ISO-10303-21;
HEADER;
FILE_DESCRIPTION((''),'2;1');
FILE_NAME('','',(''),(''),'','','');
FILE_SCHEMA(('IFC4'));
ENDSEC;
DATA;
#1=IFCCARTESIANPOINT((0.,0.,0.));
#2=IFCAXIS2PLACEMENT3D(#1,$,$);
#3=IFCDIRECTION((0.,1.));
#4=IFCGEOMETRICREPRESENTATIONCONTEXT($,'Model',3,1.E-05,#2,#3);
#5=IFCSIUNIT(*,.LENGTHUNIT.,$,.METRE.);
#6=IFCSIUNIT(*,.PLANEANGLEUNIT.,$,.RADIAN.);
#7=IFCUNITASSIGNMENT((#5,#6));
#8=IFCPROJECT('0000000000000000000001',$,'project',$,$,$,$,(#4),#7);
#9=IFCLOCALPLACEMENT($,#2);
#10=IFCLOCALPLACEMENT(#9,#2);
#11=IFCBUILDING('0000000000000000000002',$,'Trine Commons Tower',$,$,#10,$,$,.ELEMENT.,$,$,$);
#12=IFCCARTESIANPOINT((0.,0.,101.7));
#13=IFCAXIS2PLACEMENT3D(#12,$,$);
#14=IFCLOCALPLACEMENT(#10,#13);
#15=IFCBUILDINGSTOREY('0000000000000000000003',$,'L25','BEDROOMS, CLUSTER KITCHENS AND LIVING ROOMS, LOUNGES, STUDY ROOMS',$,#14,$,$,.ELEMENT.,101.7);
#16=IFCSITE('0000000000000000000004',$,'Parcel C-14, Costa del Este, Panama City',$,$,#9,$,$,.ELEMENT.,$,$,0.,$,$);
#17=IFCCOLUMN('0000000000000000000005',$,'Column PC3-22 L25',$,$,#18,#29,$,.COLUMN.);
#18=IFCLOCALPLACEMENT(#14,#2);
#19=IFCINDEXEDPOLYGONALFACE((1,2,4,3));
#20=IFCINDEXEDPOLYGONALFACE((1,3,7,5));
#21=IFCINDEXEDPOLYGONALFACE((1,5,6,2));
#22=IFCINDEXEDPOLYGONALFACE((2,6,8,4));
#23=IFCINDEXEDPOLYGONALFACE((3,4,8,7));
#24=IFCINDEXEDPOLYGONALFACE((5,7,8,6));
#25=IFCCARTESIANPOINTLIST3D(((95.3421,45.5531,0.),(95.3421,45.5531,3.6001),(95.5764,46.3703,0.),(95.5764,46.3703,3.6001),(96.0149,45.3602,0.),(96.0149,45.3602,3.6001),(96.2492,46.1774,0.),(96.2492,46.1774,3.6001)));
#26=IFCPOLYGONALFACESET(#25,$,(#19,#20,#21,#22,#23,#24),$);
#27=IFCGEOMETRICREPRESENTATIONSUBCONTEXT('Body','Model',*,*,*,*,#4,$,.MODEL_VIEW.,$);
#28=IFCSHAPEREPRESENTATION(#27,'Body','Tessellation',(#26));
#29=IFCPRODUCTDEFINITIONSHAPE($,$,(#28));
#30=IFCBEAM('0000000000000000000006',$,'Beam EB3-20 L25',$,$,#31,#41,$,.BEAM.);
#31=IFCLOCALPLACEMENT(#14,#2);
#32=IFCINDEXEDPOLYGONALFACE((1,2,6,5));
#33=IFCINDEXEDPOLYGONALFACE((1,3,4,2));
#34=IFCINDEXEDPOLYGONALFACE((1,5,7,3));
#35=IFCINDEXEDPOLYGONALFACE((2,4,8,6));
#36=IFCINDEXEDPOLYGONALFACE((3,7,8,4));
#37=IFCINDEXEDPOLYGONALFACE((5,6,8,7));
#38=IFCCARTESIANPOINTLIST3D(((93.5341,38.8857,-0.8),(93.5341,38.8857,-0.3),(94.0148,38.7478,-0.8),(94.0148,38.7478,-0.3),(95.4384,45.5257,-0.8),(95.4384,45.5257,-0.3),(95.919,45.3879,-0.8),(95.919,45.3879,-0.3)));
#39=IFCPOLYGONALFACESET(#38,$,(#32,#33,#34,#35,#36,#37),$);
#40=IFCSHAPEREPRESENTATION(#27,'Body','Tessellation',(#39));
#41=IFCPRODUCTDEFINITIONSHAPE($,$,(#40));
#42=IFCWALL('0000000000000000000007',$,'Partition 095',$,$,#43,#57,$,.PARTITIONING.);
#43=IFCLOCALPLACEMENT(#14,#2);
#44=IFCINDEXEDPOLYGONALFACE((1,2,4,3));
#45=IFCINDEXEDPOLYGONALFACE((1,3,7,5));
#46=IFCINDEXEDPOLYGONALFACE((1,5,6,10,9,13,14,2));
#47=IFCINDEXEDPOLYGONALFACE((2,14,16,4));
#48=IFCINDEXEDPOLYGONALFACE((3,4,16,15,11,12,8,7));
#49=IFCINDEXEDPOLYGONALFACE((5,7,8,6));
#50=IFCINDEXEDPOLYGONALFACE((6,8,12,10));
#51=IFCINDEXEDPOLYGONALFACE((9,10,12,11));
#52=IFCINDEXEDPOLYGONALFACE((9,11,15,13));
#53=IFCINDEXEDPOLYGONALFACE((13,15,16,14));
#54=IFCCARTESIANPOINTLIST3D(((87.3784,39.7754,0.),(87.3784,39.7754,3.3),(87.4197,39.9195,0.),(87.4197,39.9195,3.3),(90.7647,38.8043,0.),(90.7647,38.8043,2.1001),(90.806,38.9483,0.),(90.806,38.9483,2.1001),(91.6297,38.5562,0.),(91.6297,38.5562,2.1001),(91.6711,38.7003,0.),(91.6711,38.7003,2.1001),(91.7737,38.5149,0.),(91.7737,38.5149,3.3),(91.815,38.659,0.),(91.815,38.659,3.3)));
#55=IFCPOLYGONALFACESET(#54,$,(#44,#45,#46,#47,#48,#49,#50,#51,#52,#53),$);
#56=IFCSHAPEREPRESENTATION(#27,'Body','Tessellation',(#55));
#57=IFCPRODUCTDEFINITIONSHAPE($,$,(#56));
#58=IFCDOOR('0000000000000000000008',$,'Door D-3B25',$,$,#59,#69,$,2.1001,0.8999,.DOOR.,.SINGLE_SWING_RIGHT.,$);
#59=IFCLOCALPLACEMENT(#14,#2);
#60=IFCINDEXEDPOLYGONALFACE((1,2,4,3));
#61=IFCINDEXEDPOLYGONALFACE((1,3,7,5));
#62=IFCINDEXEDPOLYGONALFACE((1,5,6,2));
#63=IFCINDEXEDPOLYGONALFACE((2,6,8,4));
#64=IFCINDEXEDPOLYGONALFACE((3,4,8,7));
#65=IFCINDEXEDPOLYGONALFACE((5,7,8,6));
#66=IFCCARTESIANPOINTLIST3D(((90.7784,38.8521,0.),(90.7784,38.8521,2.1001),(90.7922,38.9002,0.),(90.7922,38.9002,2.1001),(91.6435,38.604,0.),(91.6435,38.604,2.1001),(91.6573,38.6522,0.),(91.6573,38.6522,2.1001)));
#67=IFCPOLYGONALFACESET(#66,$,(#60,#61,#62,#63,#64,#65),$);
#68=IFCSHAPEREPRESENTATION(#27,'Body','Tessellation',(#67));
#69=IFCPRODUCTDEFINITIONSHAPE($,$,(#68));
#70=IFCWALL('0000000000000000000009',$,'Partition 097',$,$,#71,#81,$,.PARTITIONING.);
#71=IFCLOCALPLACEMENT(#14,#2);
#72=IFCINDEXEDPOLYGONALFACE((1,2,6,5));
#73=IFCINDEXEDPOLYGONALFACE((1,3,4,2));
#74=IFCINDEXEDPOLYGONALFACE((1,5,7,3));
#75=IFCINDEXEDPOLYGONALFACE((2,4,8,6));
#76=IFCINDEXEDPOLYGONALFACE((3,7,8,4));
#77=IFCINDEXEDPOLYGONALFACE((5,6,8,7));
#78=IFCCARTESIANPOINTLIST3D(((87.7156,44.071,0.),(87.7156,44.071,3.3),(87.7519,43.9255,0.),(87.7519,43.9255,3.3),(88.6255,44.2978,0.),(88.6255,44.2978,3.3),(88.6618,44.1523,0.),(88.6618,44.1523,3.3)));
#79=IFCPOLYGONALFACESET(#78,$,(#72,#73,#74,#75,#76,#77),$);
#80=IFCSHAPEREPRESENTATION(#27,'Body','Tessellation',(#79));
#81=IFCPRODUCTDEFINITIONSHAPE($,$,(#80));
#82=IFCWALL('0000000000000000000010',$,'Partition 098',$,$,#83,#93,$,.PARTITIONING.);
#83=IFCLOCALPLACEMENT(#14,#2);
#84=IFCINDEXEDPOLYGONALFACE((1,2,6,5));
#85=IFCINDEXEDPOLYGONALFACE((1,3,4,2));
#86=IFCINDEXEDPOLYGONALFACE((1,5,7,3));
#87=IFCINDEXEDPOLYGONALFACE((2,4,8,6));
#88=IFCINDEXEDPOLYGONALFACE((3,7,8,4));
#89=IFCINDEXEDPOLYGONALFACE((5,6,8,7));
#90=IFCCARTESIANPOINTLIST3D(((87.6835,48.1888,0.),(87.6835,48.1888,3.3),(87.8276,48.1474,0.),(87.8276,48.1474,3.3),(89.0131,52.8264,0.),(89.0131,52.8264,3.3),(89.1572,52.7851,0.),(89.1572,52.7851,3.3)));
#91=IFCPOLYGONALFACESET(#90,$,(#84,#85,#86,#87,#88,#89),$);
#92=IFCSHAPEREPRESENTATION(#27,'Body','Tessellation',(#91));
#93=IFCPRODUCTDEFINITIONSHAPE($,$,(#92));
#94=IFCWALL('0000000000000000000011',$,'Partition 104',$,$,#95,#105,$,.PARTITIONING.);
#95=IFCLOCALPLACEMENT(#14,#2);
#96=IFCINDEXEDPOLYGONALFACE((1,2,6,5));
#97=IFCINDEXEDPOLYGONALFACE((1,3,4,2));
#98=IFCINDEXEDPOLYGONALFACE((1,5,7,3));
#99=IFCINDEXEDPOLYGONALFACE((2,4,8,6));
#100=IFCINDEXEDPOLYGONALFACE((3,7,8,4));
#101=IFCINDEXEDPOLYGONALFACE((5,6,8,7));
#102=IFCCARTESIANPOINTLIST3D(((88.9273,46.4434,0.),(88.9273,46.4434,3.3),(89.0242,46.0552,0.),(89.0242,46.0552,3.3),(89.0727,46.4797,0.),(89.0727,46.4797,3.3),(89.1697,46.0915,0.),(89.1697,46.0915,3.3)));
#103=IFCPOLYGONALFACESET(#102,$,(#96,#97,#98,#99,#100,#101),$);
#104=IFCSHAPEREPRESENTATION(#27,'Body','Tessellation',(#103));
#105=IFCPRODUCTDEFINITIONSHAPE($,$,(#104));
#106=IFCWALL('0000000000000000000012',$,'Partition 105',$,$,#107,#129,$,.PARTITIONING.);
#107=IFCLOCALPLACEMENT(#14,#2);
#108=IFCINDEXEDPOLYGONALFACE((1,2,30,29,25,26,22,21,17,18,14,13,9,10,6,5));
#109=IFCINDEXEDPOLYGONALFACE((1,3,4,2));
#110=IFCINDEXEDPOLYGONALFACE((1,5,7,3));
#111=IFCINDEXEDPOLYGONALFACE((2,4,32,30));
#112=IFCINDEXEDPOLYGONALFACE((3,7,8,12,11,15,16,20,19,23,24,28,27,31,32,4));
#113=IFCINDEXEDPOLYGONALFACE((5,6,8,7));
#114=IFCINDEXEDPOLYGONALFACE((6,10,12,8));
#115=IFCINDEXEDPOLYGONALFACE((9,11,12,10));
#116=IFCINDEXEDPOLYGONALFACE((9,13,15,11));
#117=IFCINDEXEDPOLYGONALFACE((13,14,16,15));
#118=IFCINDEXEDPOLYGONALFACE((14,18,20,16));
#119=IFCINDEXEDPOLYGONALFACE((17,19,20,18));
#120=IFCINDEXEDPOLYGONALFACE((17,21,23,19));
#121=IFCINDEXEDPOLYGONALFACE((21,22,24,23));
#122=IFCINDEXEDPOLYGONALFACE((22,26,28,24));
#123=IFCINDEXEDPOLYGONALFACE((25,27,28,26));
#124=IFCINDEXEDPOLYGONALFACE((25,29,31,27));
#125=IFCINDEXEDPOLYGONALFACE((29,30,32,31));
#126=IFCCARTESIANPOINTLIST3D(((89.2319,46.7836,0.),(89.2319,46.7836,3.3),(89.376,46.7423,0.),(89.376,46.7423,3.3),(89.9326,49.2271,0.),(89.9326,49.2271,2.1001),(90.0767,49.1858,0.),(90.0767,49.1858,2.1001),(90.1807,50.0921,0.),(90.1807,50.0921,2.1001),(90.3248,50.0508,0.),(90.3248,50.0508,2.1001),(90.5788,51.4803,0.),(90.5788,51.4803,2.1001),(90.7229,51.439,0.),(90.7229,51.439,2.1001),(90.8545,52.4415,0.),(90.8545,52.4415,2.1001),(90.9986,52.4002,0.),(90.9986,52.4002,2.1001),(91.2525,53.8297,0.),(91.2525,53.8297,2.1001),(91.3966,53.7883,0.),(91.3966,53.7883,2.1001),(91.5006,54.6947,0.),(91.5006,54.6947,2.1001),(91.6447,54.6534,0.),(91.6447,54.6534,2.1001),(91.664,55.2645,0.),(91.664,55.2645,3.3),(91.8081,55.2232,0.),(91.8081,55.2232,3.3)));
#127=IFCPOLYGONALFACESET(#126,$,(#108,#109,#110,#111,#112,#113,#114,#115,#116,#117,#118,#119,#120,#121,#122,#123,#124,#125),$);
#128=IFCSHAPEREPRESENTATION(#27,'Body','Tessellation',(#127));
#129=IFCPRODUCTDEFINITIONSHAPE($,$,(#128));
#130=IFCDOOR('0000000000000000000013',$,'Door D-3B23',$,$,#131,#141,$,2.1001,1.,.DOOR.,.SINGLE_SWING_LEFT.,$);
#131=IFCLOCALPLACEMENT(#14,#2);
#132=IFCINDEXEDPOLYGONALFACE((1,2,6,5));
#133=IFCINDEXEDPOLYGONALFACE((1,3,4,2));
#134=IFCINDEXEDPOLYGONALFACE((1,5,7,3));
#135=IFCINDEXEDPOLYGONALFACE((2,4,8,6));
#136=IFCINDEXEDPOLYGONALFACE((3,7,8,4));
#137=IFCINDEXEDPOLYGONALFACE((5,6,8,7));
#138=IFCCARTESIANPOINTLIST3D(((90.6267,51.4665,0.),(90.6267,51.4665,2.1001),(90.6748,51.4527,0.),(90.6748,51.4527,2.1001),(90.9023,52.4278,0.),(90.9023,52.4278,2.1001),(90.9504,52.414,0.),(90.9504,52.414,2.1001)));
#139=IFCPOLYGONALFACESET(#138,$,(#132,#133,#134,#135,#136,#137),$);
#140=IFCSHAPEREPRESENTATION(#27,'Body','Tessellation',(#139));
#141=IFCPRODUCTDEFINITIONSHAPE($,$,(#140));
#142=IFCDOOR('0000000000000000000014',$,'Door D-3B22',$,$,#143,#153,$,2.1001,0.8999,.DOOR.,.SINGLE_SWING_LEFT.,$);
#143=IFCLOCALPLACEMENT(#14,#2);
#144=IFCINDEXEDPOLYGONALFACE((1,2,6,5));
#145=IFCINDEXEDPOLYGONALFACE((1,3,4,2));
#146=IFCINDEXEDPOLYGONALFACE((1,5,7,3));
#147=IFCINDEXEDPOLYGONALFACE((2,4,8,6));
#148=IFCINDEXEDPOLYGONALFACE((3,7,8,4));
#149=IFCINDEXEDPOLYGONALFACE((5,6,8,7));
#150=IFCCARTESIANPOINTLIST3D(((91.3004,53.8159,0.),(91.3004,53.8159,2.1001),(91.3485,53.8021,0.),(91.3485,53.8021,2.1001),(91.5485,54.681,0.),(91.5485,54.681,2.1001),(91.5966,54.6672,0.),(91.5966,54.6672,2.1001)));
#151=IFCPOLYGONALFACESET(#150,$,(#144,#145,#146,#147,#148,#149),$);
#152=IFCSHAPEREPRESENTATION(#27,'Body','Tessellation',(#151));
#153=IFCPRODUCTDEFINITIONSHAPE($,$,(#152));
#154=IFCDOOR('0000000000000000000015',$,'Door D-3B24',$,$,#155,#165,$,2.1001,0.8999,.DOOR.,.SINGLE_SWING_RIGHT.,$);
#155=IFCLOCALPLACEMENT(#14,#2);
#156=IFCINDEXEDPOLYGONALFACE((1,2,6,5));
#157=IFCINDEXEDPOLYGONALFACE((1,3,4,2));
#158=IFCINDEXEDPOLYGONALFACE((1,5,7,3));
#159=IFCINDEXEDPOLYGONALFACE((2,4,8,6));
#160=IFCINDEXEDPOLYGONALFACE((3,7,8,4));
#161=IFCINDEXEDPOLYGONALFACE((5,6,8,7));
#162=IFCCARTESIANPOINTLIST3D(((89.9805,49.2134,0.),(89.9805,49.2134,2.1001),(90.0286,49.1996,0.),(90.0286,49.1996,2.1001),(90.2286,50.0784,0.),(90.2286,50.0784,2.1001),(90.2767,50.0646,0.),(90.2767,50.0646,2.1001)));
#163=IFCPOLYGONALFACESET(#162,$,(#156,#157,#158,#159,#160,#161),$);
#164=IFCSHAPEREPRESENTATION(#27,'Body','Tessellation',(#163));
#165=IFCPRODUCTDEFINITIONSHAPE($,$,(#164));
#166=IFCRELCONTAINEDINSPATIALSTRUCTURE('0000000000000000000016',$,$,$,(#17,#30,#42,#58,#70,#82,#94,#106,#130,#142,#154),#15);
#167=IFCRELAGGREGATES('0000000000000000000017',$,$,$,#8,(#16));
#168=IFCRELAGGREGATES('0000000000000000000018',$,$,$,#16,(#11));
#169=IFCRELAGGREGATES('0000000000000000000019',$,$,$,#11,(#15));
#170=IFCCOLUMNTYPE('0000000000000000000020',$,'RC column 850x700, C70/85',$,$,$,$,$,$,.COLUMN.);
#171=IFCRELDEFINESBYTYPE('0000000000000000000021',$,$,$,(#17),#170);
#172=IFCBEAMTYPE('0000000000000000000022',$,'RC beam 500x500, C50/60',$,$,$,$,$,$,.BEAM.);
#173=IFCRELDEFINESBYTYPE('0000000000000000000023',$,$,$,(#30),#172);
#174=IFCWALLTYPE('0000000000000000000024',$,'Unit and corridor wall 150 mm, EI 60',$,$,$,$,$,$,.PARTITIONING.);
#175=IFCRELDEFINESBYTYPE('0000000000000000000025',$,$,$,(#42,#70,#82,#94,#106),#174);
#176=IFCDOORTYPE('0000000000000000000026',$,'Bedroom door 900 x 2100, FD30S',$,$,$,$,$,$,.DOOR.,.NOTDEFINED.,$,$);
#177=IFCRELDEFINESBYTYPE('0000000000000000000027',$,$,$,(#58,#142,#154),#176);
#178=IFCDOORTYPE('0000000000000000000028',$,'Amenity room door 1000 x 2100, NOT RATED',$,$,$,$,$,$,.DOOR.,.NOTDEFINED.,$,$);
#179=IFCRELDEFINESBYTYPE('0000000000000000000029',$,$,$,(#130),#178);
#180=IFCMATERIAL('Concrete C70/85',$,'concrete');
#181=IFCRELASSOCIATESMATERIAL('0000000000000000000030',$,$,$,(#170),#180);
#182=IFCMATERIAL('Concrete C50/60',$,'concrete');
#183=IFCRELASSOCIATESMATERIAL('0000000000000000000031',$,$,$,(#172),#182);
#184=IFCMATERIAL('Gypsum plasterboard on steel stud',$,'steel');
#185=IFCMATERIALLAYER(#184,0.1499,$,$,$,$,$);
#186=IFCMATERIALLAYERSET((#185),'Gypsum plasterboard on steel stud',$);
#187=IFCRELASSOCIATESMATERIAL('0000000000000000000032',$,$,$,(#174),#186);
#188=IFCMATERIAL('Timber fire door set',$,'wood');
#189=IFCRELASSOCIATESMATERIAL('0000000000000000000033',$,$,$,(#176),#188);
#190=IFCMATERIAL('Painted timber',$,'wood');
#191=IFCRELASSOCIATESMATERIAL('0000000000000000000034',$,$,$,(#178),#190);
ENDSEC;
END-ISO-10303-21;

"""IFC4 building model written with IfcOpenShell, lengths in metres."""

from ifc_helpers import new_model, si_unit, direction, frame, frame_2d, origin, origin_2d, place, context, subcontext, project, spatial, rectangle, extrude, material, layer, layer_set, material_profile, profile_set, type_object, element, fill, save


model = new_model("IFC4")

# Units and contexts
model_context = context("Model", 3, precision=1e-05, world=origin(), true_north=direction((0.0, 1.0)))
body_context = subcontext(model_context, "Body", "Model", "MODEL_VIEW")
ifc_project = project(units=[si_unit("LENGTHUNIT", "METRE"), si_unit("PLANEANGLEUNIT", "RADIAN")], contexts=[model_context])

# Site, building, storey
site_placement = place(None, origin())
site = spatial("IfcSite", under=ifc_project, at=site_placement, Name="Parcel C-14, Costa del Este, Panama City", CompositionType="ELEMENT", RefElevation=0.0)
building_placement = place(site_placement, origin())
building = spatial("IfcBuilding", under=site, at=building_placement, Name="Trine Commons Tower", CompositionType="ELEMENT")
storey_placement = place(building_placement, frame((0.0, 0.0, 101.7)))
storey = spatial("IfcBuildingStorey", under=building, at=storey_placement, Name="L25", Description="BEDROOMS, CLUSTER KITCHENS AND LIVING ROOMS, LOUNGES, STUDY ROOMS", CompositionType="ELEMENT", Elevation=101.7)

# Column
ifc_material_1 = material(Name="Concrete C70/85", Category="concrete")
ifc_material_profile_1 = material_profile(ifc_material_1, rectangle(XDim=0.8501, YDim=0.7, at=origin_2d()), Name="RC 850x700")
ifc_profile_set_1 = profile_set([ifc_material_profile_1], Name="Concrete C70/85")
column_type = type_object("IfcColumnType", Name="RC column 850x700, C70/85", PredefinedType="COLUMN", material=ifc_profile_set_1)
column_placement = place(storey_placement, frame((95.7957, 45.8652, 0.0), z_axis=(0.0, 0.0, 1.0), x_axis=(0.275637, 0.961262, 0.0)))
element("IfcColumn", 1, at=column_placement, inside=storey, type_object=column_type, Name="Column PC3-22 L25", PredefinedType="COLUMN", context=body_context, shape_type="SweptSolid", body=[
    extrude(rectangle(XDim=0.8501, YDim=0.7, at=origin_2d()), origin(), (0.0, 0.0, 1.0), 3.6001),
])

# Beam
ifc_material_2 = material(Name="Concrete C50/60", Category="concrete")
ifc_material_profile_2 = material_profile(ifc_material_2, rectangle(XDim=0.5, YDim=0.5, at=origin_2d()), Name="RC 500x500")
ifc_profile_set_2 = profile_set([ifc_material_profile_2], Name="Concrete C50/60")
beam_type = type_object("IfcBeamType", Name="RC beam 500x500, C50/60", PredefinedType="BEAM", material=ifc_profile_set_2)
beam_placement = place(storey_placement, frame((95.6787, 45.4568, -0.55), z_axis=(-0.275673, -0.961251, 0.0), x_axis=(0.961251, -0.275673, 0.0)))
element("IfcBeam", 2, at=beam_placement, inside=storey, type_object=beam_type, Name="Beam EB3-20 L25", PredefinedType="BEAM", context=body_context, shape_type="SweptSolid", body=[
    extrude(rectangle(XDim=0.5, YDim=0.5, at=origin_2d()), origin(), (0.0, 0.0, 1.0), 6.9077),
])

# Wall, opening, door
ifc_material_3 = material(Name="Gypsum plasterboard on steel stud", Category="steel")
ifc_layer_1 = layer(ifc_material_3, 0.1499)
ifc_layer_set_1 = layer_set([ifc_layer_1], Name="Gypsum plasterboard on steel stud")
wall_type_1 = type_object("IfcWallType", Name="Unit and corridor wall 150 mm, EI 60", PredefinedType="PARTITIONING", material=ifc_layer_set_1)
wall_1_placement = place(storey_placement, frame((87.3992, 39.8474, 0.0), z_axis=(0.0, 0.0, 1.0), x_axis=(0.961251, -0.275673, 0.0)))
wall_1 = element("IfcWall", 3, at=wall_1_placement, inside=storey, type_object=wall_type_1, Name="Partition 095", PredefinedType="PARTITIONING", context=body_context, shape_type="SweptSolid", body=[
    extrude(rectangle(XDim=4.5725, YDim=0.1499, at=frame_2d((2.2861, 0.0))), origin(), (0.0, 0.0, 1.0), 3.3),
])
opening_1_placement = place(wall_1_placement, frame((3.5227, 0.0, 0.0)))
opening_1 = element("IfcOpeningElement", 4, at=opening_1_placement, cuts=wall_1, PredefinedType="OPENING", context=body_context, shape_type="SweptSolid", body=[
    extrude(rectangle(XDim=0.8999, YDim=2.1001, at=frame_2d((0.45, 1.05))), frame((0.0, 0.085, 0.0), z_axis=(0.0, -1.0, 0.0), x_axis=(1.0, 0.0, 0.0)), (0.0, 0.0, 1.0), 0.1699),
])
ifc_material_4 = material(Name="Timber fire door set", Category="wood")
door_type_1 = type_object("IfcDoorType", Name="Bedroom door 900 x 2100, FD30S", OperationType="NOTDEFINED", PredefinedType="DOOR", material=ifc_material_4)
door_1_placement = place(opening_1_placement, origin())
door_1 = element("IfcDoor", 5, at=door_1_placement, inside=storey, type_object=door_type_1, Name="Door D-3B25", OperationType="SINGLE_SWING_RIGHT", OverallHeight=2.1001, OverallWidth=0.8999, PredefinedType="DOOR", context=body_context, shape_type="SweptSolid", body=[
    extrude(rectangle(XDim=0.8999, YDim=2.1001, at=frame_2d((0.45, 1.05))), frame((0.0, 0.0249, 0.0), z_axis=(0.0, -1.0, 0.0), x_axis=(1.0, 0.0, 0.0)), (0.0, 0.0, 1.0), 0.05),
])
fill(opening_1, door_1)

# Walls
wall_2_placement = place(storey_placement, frame((87.7339, 43.9983, 0.0), z_axis=(0.0, 0.0, 1.0), x_axis=(0.970311, 0.241862, 0.0)))
element("IfcWall", 6, at=wall_2_placement, inside=storey, type_object=wall_type_1, Name="Partition 097", PredefinedType="PARTITIONING", context=body_context, shape_type="SweptSolid", body=[
    extrude(rectangle(XDim=0.9377, YDim=0.1499, at=frame_2d((0.4688, 0.0))), origin(), (0.0, 0.0, 1.0), 3.3),
])
wall_3_placement = place(storey_placement, frame((87.7556, 48.1682, 0.0), z_axis=(0.0, 0.0, 1.0), x_axis=(0.27559, 0.961275, 0.0)))
element("IfcWall", 7, at=wall_3_placement, inside=storey, type_object=wall_type_1, Name="Partition 098", PredefinedType="PARTITIONING", context=body_context, shape_type="SweptSolid", body=[
    extrude(rectangle(XDim=4.8245, YDim=0.1499, at=frame_2d((2.4121, 0.0))), origin(), (0.0, 0.0, 1.0), 3.3),
])
wall_4_placement = place(storey_placement, frame((89.0, 46.4617, 0.0), z_axis=(0.0, 0.0, 1.0), x_axis=(0.242248, -0.970214, 0.0)))
element("IfcWall", 8, at=wall_4_placement, inside=storey, type_object=wall_type_1, Name="Partition 104", PredefinedType="PARTITIONING", context=body_context, shape_type="SweptSolid", body=[
    extrude(rectangle(XDim=0.4001, YDim=0.1499, at=frame_2d((0.2002, 0.0))), origin(), (0.0, 0.0, 1.0), 3.3),
])

# Wall, openings, doors
wall_5_placement = place(storey_placement, frame((89.304, 46.7629, 0.0), z_axis=(0.0, 0.0, 1.0), x_axis=(0.275664, 0.961254, 0.0)))
wall_5 = element("IfcWall", 9, at=wall_5_placement, inside=storey, type_object=wall_type_1, Name="Partition 105", PredefinedType="PARTITIONING", context=body_context, shape_type="SweptSolid", body=[
    extrude(rectangle(XDim=8.8228, YDim=0.1499, at=frame_2d((4.4114, 0.0))), origin(), (0.0, 0.0, 1.0), 3.3),
])
opening_2_placement = place(wall_5_placement, frame((7.3301, 0.0, 0.0)))
opening_2 = element("IfcOpeningElement", 10, at=opening_2_placement, cuts=wall_5, PredefinedType="OPENING", context=body_context, shape_type="SweptSolid", body=[
    extrude(rectangle(XDim=0.8999, YDim=2.1001, at=frame_2d((0.45, 1.05))), frame((0.0, 0.085, 0.0), z_axis=(0.0, -1.0, 0.0), x_axis=(1.0, 0.0, 0.0)), (0.0, 0.0, 1.0), 0.1699),
])
opening_3_placement = place(wall_5_placement, frame((4.886, 0.0, 0.0)))
opening_3 = element("IfcOpeningElement", 11, at=opening_3_placement, cuts=wall_5, PredefinedType="OPENING", context=body_context, shape_type="SweptSolid", body=[
    extrude(rectangle(XDim=1.0, YDim=2.1001, at=frame_2d((0.5, 1.05))), frame((0.0, 0.085, 0.0), z_axis=(0.0, -1.0, 0.0), x_axis=(1.0, 0.0, 0.0)), (0.0, 0.0, 1.0), 0.1699),
])
opening_4_placement = place(wall_5_placement, frame((2.542, 0.0, 0.0)))
opening_4 = element("IfcOpeningElement", 12, at=opening_4_placement, cuts=wall_5, PredefinedType="OPENING", context=body_context, shape_type="SweptSolid", body=[
    extrude(rectangle(XDim=0.8999, YDim=2.1001, at=frame_2d((0.45, 1.05))), frame((0.0, 0.085, 0.0), z_axis=(0.0, -1.0, 0.0), x_axis=(1.0, 0.0, 0.0)), (0.0, 0.0, 1.0), 0.1699),
])
ifc_material_5 = material(Name="Painted timber", Category="wood")
door_type_2 = type_object("IfcDoorType", Name="Amenity room door 1000 x 2100, NOT RATED", OperationType="NOTDEFINED", PredefinedType="DOOR", material=ifc_material_5)
door_2_placement = place(opening_3_placement, frame((1.0, 0.0, 0.0), z_axis=(0.0, 0.0, 1.0), x_axis=(-1.0, 0.0, 0.0)))
door_2 = element("IfcDoor", 13, at=door_2_placement, inside=storey, type_object=door_type_2, Name="Door D-3B23", OperationType="SINGLE_SWING_LEFT", OverallHeight=2.1001, OverallWidth=1.0, PredefinedType="DOOR", context=body_context, shape_type="SweptSolid", body=[
    extrude(rectangle(XDim=1.0, YDim=2.1001, at=frame_2d((0.5, 1.05))), frame((0.0, 0.0249, 0.0), z_axis=(0.0, -1.0, 0.0), x_axis=(1.0, 0.0, 0.0)), (0.0, 0.0, 1.0), 0.05),
])
fill(opening_3, door_2)
door_3_placement = place(opening_2_placement, frame((0.8999, 0.0, 0.0), z_axis=(0.0, 0.0, 1.0), x_axis=(-1.0, 0.0, 0.0)))
door_3 = element("IfcDoor", 14, at=door_3_placement, inside=storey, type_object=door_type_1, Name="Door D-3B22", OperationType="SINGLE_SWING_LEFT", OverallHeight=2.1001, OverallWidth=0.8999, PredefinedType="DOOR", context=body_context, shape_type="SweptSolid", body=[
    extrude(rectangle(XDim=0.8999, YDim=2.1001, at=frame_2d((0.45, 1.05))), frame((0.0, 0.0249, 0.0), z_axis=(0.0, -1.0, 0.0), x_axis=(1.0, 0.0, 0.0)), (0.0, 0.0, 1.0), 0.05),
])
fill(opening_2, door_3)
door_4_placement = place(opening_4_placement, frame((0.8999, 0.0, 0.0), z_axis=(0.0, 0.0, 1.0), x_axis=(-1.0, 0.0, 0.0)))
door_4 = element("IfcDoor", 15, at=door_4_placement, inside=storey, type_object=door_type_1, Name="Door D-3B24", OperationType="SINGLE_SWING_RIGHT", OverallHeight=2.1001, OverallWidth=0.8999, PredefinedType="DOOR", context=body_context, shape_type="SweptSolid", body=[
    extrude(rectangle(XDim=0.8999, YDim=2.1001, at=frame_2d((0.45, 1.05))), frame((0.0, 0.0249, 0.0), z_axis=(0.0, -1.0, 0.0), x_axis=(1.0, 0.0, 0.0)), (0.0, 0.0, 1.0), 0.05),
])
fill(opening_4, door_4)

save(model, "model.ifc")
